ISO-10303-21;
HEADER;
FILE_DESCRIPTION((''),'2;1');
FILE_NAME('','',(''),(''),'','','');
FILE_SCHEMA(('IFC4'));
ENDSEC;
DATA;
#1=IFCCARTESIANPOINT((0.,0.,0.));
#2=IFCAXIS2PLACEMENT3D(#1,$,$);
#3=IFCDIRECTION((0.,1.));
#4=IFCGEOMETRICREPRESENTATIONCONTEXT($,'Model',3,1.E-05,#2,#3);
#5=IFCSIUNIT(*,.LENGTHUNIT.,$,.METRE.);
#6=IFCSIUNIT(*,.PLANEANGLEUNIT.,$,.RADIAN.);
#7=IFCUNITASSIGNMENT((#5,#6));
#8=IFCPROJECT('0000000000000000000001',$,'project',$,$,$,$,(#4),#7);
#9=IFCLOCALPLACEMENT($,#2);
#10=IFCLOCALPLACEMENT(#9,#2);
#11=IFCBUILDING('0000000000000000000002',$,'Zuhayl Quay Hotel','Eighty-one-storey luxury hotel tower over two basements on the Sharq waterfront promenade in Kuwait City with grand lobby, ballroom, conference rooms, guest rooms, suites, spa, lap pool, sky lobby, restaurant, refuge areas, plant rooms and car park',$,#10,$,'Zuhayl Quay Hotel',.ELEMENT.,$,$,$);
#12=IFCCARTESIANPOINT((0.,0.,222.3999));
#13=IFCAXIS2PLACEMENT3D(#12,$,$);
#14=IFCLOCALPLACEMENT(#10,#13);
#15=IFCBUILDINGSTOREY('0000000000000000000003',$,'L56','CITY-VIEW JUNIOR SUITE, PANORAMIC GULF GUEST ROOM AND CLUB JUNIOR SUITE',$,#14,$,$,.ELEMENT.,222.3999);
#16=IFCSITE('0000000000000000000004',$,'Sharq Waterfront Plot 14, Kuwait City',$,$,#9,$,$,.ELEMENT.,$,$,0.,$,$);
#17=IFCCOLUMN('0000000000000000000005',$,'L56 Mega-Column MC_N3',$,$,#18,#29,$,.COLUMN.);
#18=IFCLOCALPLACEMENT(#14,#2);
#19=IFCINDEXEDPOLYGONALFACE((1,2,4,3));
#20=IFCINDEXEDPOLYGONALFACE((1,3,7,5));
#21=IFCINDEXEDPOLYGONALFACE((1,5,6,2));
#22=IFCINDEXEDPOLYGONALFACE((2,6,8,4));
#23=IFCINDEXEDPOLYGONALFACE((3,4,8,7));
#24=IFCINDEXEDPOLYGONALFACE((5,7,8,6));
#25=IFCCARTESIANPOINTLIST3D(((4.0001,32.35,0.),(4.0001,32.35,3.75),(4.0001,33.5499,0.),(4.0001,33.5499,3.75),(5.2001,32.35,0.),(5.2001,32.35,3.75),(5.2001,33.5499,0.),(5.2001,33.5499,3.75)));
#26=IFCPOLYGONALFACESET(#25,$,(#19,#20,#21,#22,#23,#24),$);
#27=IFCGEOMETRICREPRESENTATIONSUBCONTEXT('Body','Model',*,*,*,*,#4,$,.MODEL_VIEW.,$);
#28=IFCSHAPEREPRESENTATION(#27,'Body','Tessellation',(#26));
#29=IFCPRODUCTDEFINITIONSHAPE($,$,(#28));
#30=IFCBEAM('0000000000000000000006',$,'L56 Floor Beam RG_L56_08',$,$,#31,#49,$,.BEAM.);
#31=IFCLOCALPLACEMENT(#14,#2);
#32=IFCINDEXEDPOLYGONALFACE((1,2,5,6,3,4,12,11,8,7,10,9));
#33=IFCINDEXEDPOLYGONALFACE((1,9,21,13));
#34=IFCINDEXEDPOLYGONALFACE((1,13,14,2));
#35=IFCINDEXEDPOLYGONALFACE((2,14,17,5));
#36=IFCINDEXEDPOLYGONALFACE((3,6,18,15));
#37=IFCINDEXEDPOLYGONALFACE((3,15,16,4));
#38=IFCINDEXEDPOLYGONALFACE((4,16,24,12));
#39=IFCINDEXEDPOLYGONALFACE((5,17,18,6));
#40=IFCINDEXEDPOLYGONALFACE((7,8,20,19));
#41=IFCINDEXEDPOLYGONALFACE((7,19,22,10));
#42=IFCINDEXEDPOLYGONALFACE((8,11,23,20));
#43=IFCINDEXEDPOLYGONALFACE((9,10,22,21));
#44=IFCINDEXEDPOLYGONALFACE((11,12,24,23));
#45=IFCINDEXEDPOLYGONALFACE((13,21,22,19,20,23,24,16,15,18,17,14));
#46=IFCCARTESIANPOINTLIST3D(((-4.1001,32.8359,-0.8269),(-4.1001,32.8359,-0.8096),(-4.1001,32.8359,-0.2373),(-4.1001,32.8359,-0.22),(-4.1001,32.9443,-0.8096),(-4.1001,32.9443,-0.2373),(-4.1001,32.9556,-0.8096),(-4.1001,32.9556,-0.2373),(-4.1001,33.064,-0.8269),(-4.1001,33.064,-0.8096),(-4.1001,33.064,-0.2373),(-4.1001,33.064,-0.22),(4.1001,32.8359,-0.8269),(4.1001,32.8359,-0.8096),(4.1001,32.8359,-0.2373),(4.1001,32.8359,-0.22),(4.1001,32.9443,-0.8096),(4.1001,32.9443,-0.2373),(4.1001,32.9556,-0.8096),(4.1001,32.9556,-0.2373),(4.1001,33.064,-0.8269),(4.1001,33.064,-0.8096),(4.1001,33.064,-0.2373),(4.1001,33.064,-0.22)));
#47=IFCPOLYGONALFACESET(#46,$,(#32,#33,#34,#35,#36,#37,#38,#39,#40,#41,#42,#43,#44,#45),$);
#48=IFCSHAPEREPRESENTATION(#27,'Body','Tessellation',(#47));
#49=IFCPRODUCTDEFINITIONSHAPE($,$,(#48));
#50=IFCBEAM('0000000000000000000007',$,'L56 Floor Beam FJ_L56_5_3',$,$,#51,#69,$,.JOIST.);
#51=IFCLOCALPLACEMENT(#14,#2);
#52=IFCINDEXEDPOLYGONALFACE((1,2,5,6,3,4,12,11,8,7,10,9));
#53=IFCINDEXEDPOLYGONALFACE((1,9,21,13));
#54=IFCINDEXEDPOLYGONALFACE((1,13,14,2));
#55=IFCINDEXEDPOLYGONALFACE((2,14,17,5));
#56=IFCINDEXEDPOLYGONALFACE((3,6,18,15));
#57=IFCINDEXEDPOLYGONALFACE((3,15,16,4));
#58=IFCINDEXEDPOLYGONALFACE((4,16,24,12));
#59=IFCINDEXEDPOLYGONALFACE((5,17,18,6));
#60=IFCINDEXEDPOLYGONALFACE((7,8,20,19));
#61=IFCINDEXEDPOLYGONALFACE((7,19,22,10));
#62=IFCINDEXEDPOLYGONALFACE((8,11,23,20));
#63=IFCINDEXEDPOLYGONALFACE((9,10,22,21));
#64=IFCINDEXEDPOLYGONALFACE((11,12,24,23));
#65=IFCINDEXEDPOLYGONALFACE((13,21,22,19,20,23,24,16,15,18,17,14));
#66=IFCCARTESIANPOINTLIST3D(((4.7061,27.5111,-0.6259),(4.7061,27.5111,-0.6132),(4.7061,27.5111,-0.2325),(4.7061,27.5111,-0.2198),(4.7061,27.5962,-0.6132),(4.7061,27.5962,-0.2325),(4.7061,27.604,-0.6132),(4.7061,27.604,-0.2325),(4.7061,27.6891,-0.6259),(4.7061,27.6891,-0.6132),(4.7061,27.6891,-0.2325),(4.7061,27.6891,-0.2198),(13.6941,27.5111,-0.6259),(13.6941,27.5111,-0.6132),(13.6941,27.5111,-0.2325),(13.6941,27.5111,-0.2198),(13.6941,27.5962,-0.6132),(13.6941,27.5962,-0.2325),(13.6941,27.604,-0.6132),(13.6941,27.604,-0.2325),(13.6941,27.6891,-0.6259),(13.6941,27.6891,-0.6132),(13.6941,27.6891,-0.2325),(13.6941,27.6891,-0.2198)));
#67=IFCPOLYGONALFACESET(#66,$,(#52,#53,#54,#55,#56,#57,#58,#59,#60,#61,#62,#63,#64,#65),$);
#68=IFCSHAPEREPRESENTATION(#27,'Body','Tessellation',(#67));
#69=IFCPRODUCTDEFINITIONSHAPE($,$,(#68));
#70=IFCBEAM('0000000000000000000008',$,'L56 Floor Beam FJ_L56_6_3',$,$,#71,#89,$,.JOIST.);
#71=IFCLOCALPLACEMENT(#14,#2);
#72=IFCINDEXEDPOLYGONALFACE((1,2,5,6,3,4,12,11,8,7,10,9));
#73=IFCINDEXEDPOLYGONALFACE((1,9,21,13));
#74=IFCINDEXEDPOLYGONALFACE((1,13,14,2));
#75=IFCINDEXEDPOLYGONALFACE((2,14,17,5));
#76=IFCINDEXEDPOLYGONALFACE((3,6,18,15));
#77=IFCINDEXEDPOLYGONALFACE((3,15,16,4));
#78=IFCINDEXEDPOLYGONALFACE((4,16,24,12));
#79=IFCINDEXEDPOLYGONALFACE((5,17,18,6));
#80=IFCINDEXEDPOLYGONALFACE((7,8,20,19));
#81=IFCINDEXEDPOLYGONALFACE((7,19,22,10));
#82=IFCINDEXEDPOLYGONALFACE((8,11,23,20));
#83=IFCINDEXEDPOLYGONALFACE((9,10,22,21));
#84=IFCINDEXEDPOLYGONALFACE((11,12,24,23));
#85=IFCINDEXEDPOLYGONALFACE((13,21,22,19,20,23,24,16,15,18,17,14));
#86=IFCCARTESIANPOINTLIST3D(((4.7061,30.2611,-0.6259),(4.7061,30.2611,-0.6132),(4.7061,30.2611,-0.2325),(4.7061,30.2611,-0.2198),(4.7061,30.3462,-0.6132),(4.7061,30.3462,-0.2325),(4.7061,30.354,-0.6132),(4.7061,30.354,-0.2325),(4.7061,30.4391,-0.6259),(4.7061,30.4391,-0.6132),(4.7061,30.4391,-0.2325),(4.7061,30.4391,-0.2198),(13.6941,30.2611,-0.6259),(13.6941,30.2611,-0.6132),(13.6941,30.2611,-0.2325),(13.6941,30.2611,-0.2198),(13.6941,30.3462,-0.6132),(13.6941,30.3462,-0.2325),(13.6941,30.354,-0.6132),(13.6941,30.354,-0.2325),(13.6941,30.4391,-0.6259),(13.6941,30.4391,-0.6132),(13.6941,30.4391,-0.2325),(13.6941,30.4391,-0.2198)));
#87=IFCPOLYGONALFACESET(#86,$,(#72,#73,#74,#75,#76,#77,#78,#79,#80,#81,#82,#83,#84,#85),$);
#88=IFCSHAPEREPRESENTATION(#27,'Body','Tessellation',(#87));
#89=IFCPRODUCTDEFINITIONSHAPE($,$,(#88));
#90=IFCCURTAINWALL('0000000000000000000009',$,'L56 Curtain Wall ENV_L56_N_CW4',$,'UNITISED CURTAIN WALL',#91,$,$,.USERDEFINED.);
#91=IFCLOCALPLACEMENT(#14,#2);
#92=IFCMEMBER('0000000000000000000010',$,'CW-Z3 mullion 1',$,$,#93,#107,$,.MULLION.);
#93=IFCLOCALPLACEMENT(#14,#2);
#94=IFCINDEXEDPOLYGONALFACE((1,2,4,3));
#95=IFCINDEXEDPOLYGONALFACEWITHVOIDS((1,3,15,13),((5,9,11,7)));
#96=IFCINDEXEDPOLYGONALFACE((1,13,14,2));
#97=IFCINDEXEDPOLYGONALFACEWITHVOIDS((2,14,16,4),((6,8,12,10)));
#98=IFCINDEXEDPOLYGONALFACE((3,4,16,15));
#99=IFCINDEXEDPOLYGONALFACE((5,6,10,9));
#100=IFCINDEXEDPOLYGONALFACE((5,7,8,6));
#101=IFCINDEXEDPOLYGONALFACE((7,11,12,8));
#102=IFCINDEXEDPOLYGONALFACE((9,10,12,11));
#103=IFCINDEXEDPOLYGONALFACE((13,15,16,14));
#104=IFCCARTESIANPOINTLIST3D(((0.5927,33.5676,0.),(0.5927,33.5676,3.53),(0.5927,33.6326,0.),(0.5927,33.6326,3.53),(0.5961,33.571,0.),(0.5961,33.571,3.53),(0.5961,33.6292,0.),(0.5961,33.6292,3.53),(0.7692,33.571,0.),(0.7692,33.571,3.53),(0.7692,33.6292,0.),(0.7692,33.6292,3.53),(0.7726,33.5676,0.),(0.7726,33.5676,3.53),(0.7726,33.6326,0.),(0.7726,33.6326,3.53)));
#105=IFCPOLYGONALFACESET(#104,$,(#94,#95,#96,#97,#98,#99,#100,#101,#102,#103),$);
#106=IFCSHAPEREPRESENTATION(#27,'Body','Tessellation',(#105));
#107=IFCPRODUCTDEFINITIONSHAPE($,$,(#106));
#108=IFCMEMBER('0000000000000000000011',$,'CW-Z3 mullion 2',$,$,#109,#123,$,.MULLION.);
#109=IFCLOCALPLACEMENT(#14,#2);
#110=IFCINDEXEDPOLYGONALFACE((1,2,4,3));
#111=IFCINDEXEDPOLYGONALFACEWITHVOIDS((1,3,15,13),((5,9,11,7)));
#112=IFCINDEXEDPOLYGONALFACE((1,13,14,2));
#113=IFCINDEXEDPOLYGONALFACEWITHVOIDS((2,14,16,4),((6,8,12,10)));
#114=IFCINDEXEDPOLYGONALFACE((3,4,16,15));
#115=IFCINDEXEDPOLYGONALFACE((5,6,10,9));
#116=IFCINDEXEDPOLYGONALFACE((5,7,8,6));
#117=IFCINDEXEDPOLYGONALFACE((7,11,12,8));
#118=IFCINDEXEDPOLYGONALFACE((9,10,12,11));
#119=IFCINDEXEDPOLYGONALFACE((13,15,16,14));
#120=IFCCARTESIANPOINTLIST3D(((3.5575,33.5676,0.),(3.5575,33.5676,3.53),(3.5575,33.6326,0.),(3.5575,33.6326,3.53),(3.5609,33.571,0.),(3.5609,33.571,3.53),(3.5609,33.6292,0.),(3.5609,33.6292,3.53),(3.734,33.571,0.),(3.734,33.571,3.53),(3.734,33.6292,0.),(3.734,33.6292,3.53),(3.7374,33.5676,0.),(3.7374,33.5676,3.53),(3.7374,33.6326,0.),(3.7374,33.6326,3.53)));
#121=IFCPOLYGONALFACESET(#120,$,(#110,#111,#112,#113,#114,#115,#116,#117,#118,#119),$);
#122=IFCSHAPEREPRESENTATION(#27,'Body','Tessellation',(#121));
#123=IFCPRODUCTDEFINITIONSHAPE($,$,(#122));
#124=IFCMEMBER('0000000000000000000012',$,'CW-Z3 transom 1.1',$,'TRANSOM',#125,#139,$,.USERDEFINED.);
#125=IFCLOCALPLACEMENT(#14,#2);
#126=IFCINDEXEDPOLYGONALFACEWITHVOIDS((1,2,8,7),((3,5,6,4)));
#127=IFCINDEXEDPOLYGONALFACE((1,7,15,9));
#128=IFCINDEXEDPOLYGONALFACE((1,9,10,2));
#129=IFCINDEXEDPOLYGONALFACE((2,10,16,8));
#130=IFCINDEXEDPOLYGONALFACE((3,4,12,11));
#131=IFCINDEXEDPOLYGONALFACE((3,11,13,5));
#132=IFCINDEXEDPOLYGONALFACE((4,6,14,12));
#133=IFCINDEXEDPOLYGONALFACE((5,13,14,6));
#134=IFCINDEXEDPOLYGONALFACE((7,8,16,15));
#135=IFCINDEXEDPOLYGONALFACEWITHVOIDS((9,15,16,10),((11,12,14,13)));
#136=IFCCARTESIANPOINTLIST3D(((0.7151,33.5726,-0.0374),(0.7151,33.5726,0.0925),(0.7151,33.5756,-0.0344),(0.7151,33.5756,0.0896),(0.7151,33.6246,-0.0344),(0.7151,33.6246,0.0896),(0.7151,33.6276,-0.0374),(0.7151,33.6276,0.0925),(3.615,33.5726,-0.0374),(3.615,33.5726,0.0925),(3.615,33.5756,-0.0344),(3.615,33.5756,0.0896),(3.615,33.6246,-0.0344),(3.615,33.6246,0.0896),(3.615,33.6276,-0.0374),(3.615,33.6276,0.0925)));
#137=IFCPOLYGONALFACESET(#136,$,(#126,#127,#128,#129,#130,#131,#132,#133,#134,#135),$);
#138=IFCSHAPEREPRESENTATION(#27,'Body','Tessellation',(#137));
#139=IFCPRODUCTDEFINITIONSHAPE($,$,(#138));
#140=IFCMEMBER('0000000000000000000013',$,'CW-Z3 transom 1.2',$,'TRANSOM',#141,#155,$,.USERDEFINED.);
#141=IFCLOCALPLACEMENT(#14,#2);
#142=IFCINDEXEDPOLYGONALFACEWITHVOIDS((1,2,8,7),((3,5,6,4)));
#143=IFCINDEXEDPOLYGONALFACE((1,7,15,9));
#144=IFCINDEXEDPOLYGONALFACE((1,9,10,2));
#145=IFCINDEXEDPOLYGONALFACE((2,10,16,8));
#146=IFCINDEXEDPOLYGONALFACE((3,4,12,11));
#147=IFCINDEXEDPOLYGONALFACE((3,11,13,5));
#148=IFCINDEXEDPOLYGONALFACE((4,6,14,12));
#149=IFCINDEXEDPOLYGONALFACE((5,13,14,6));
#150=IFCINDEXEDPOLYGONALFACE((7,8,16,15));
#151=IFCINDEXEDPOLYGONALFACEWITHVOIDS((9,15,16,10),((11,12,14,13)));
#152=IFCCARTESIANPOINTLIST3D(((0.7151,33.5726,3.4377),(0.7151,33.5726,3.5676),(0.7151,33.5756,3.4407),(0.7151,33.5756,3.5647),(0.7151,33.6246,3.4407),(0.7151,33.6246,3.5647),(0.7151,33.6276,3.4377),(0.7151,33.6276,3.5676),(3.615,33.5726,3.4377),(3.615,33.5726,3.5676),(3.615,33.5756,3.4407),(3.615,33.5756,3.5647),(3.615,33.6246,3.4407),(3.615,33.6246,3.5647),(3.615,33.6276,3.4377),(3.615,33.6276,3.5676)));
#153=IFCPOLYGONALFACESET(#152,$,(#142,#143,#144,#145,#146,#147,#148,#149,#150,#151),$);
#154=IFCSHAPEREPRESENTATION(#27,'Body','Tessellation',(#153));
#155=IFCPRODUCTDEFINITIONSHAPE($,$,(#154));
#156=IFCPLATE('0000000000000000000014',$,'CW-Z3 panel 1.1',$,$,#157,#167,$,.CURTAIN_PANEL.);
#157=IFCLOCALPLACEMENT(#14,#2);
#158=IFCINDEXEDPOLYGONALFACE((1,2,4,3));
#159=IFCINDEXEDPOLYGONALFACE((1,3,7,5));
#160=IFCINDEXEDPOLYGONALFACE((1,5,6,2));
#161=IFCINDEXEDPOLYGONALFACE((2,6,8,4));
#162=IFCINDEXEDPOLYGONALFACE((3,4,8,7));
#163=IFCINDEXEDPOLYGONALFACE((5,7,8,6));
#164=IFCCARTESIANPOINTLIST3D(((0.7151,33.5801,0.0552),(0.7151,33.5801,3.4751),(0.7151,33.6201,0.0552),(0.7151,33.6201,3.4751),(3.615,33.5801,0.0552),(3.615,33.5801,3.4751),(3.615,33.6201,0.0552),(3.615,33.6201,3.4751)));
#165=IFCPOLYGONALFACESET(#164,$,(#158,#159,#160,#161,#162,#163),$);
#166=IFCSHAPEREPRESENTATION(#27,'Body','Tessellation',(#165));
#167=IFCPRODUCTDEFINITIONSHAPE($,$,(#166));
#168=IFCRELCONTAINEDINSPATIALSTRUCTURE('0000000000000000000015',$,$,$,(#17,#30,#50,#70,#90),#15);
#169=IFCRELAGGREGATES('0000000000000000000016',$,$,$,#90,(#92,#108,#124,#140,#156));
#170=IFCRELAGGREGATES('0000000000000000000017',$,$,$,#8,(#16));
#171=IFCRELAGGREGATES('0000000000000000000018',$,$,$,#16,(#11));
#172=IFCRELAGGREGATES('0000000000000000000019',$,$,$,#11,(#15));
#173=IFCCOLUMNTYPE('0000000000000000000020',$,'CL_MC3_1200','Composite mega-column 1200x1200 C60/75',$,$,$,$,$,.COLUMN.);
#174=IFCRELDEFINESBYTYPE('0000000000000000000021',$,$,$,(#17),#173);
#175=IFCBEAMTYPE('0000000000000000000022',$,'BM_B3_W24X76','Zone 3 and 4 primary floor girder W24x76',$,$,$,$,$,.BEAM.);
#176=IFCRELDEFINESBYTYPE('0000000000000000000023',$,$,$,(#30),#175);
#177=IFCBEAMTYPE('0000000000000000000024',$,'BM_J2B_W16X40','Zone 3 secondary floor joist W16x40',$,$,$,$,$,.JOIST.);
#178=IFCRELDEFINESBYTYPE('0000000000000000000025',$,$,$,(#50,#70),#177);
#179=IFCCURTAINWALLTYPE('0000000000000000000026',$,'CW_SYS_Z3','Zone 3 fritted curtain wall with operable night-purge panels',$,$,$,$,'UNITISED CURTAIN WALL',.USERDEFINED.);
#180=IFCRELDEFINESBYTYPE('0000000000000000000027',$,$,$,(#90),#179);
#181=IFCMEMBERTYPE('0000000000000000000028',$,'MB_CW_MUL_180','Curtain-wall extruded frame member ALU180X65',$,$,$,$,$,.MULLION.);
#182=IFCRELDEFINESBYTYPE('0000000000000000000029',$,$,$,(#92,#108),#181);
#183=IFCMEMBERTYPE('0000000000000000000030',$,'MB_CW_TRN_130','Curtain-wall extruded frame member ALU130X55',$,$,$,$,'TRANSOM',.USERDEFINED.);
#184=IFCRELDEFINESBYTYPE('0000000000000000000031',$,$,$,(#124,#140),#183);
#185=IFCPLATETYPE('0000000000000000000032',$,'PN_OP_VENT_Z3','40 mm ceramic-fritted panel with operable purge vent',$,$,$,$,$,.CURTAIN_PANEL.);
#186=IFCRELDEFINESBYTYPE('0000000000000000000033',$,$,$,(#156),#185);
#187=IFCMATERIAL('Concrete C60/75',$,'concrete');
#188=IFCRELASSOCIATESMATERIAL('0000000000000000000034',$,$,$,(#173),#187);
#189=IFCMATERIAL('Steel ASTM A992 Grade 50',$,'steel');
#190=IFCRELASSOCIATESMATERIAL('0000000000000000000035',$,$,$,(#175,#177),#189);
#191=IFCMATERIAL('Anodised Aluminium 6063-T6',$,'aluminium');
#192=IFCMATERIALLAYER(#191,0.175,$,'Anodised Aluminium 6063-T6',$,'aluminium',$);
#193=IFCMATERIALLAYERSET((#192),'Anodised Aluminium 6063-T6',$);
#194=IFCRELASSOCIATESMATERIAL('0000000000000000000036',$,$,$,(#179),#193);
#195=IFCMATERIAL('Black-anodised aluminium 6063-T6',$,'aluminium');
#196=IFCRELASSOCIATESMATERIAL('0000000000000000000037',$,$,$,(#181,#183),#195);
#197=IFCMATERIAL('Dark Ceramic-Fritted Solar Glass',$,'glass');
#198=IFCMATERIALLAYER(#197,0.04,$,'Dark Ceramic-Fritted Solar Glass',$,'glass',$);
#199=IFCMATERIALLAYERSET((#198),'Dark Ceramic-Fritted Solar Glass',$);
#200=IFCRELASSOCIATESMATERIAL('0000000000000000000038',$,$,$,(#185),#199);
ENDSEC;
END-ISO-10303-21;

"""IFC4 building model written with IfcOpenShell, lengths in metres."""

from ifc_helpers import new_model, si_unit, direction, frame, origin, origin_2d, place, context, subcontext, project, spatial, rectangle, hollow_rectangle, i_section, extrude, material, layer, layer_set, material_profile, profile_set, type_object, element, aggregate, save


model = new_model("IFC4")

# Units and contexts
model_context = context("Model", 3, precision=1e-05, world=origin(), true_north=direction((0.0, 1.0)))
body_context = subcontext(model_context, "Body", "Model", "MODEL_VIEW")
ifc_project = project(units=[si_unit("LENGTHUNIT", "METRE"), si_unit("PLANEANGLEUNIT", "RADIAN")], contexts=[model_context])

# Site, building, storey
site_placement = place(None, origin())
site = spatial("IfcSite", under=ifc_project, at=site_placement, Name="Sharq Waterfront Plot 14, Kuwait City", CompositionType="ELEMENT", RefElevation=0.0)
building_placement = place(site_placement, origin())
building = spatial("IfcBuilding", under=site, at=building_placement, Name="Zuhayl Quay Hotel", Description="Eighty-one-storey luxury hotel tower over two basements on the Sharq waterfront promenade in Kuwait City with grand lobby, ballroom, conference rooms, guest rooms, suites, spa, lap pool, sky lobby, restaurant, refuge areas, plant rooms and car park", LongName="Zuhayl Quay Hotel", CompositionType="ELEMENT")
storey_placement = place(building_placement, frame((0.0, 0.0, 222.3999)))
storey = spatial("IfcBuildingStorey", under=building, at=storey_placement, Name="L56", Description="CITY-VIEW JUNIOR SUITE, PANORAMIC GULF GUEST ROOM AND CLUB JUNIOR SUITE", CompositionType="ELEMENT", Elevation=222.3999)

# Column
ifc_material_1 = material(Name="Concrete C60/75", Category="concrete")
ifc_material_profile_1 = material_profile(ifc_material_1, rectangle(XDim=1.2, YDim=1.2, at=origin_2d()), Name="RC1200X1200")
ifc_profile_set_1 = profile_set([ifc_material_profile_1], Name="Concrete C60/75")
column_type = type_object("IfcColumnType", Name="CL_MC3_1200", Description="Composite mega-column 1200x1200 C60/75", PredefinedType="COLUMN", material=ifc_profile_set_1)
column_placement = place(storey_placement, frame((4.6001, 32.95, 0.0), z_axis=(0.0, 0.0, 1.0), x_axis=(1.0, 0.0, 0.0)))
element("IfcColumn", 1, at=column_placement, inside=storey, type_object=column_type, Name="L56 Mega-Column MC_N3", PredefinedType="COLUMN", context=body_context, shape_type="SweptSolid", body=[
    extrude(rectangle(XDim=1.2, YDim=1.2, at=origin_2d()), origin(), (0.0, 0.0, 1.0), 3.75),
])

# Beams
ifc_material_2 = material(Name="Steel ASTM A992 Grade 50", Category="steel")
ifc_material_profile_2 = material_profile(ifc_material_2, i_section(OverallWidth=0.228, OverallDepth=0.6069, WebThickness=0.0112, FlangeThickness=0.0173, at=origin_2d()), Name="W24X76")
ifc_profile_set_2 = profile_set([ifc_material_profile_2], Name="Steel ASTM A992 Grade 50")
beam_type_1 = type_object("IfcBeamType", Name="BM_B3_W24X76", Description="Zone 3 and 4 primary floor girder W24x76", PredefinedType="BEAM", material=ifc_profile_set_2)
beam_placement = place(storey_placement, frame((4.1001, 32.95, -0.5234), z_axis=(-1.0, 0.0, 0.0), x_axis=(0.0, -1.0, 0.0)))
element("IfcBeam", 2, at=beam_placement, inside=storey, type_object=beam_type_1, Name="L56 Floor Beam RG_L56_08", PredefinedType="BEAM", context=body_context, shape_type="SweptSolid", body=[
    extrude(i_section(OverallWidth=0.228, OverallDepth=0.6069, WebThickness=0.0112, FlangeThickness=0.0173, at=origin_2d()), origin(), (0.0, 0.0, 1.0), 8.2002),
])
ifc_material_profile_3 = material_profile(ifc_material_2, i_section(OverallWidth=0.178, OverallDepth=0.406, WebThickness=0.0078, FlangeThickness=0.0127, at=origin_2d()), Name="W16X40")
ifc_profile_set_3 = profile_set([ifc_material_profile_3], Name="Steel ASTM A992 Grade 50")
beam_type_2 = type_object("IfcBeamType", Name="BM_J2B_W16X40", Description="Zone 3 secondary floor joist W16x40", PredefinedType="JOIST", material=ifc_profile_set_3)
for number, where, z_axis, x_axis, name in (
    (3, (4.7061, 27.6001, -0.4229), (1.0, 0.0, 0.0), (0.0, 1.0, 0.0), "L56 Floor Beam FJ_L56_5_3"),
    (4, (4.7061, 30.3501, -0.4229), (1.0, 0.0, 0.0), (0.0, 1.0, 0.0), "L56 Floor Beam FJ_L56_6_3"),
):
    element("IfcBeam", number, at=place(storey_placement, frame(where, z_axis=z_axis, x_axis=x_axis)), inside=storey, type_object=beam_type_2, Name=name, PredefinedType="JOIST", context=body_context, shape_type="SweptSolid", body=[
        extrude(i_section(OverallWidth=0.178, OverallDepth=0.406, WebThickness=0.0078, FlangeThickness=0.0127, at=origin_2d()), origin(), (0.0, 0.0, 1.0), 8.988),
    ])

# Curtain wall, members, plate
ifc_material_3 = material(Name="Anodised Aluminium 6063-T6", Category="aluminium")
ifc_layer_1 = layer(ifc_material_3, 0.175, Name="Anodised Aluminium 6063-T6", Category="aluminium")
ifc_layer_set_1 = layer_set([ifc_layer_1], Name="Anodised Aluminium 6063-T6")
curtain_wall_type = type_object("IfcCurtainWallType", Name="CW_SYS_Z3", Description="Zone 3 fritted curtain wall with operable night-purge panels", ElementType="UNITISED CURTAIN WALL", PredefinedType="USERDEFINED", material=ifc_layer_set_1)
curtain_wall_placement = place(storey_placement, origin())
curtain_wall = element("IfcCurtainWall", 5, at=curtain_wall_placement, inside=storey, type_object=curtain_wall_type, Name="L56 Curtain Wall ENV_L56_N_CW4", ObjectType="UNITISED CURTAIN WALL", PredefinedType="USERDEFINED")
ifc_material_4 = material(Name="Black-anodised aluminium 6063-T6", Category="aluminium")
ifc_material_profile_4 = material_profile(ifc_material_4, hollow_rectangle(XDim=0.0649, YDim=0.1799, WallThickness=0.0034, at=origin_2d()), Name="ALU180X65")
ifc_profile_set_4 = profile_set([ifc_material_profile_4], Name="Black-anodised aluminium 6063-T6")
member_type_1 = type_object("IfcMemberType", Name="MB_CW_MUL_180", Description="Curtain-wall extruded frame member ALU180X65", PredefinedType="MULLION", material=ifc_profile_set_4)
member_1_placement = place(storey_placement, frame((0.6826, 33.6001, 0.0), z_axis=(0.0, 0.0, 1.0), x_axis=(0.0, 1.0, 0.0)))
member_1 = element("IfcMember", 6, at=member_1_placement, type_object=member_type_1, Name="CW-Z3 mullion 1", PredefinedType="MULLION", context=body_context, shape_type="SweptSolid", body=[
    extrude(hollow_rectangle(XDim=0.0649, YDim=0.1799, WallThickness=0.0034, at=origin_2d()), origin(), (0.0, 0.0, 1.0), 3.53),
])
member_2_placement = place(storey_placement, frame((3.6475, 33.6001, 0.0), z_axis=(0.0, 0.0, 1.0), x_axis=(0.0, 1.0, 0.0)))
member_2 = element("IfcMember", 7, at=member_2_placement, type_object=member_type_1, Name="CW-Z3 mullion 2", PredefinedType="MULLION", context=body_context, shape_type="SweptSolid", body=[
    extrude(hollow_rectangle(XDim=0.0649, YDim=0.1799, WallThickness=0.0034, at=origin_2d()), origin(), (0.0, 0.0, 1.0), 3.53),
])
ifc_material_profile_5 = material_profile(ifc_material_4, hollow_rectangle(XDim=0.0549, YDim=0.1299, WallThickness=0.0029, at=origin_2d()), Name="ALU130X55")
ifc_profile_set_5 = profile_set([ifc_material_profile_5], Name="Black-anodised aluminium 6063-T6")
member_type_2 = type_object("IfcMemberType", Name="MB_CW_TRN_130", Description="Curtain-wall extruded frame member ALU130X55", ElementType="TRANSOM", PredefinedType="USERDEFINED", material=ifc_profile_set_5)
member_3_placement = place(storey_placement, frame((0.7151, 33.6001, 0.0276), z_axis=(1.0, 0.0, 0.0), x_axis=(0.0, 1.0, 0.0)))
member_3 = element("IfcMember", 8, at=member_3_placement, type_object=member_type_2, Name="CW-Z3 transom 1.1", ObjectType="TRANSOM", PredefinedType="USERDEFINED", context=body_context, shape_type="SweptSolid", body=[
    extrude(hollow_rectangle(XDim=0.0549, YDim=0.1299, WallThickness=0.0029, at=origin_2d()), origin(), (0.0, 0.0, 1.0), 2.8999),
])
member_4_placement = place(storey_placement, frame((0.7151, 33.6001, 3.5027), z_axis=(1.0, 0.0, 0.0), x_axis=(0.0, 1.0, 0.0)))
member_4 = element("IfcMember", 9, at=member_4_placement, type_object=member_type_2, Name="CW-Z3 transom 1.2", ObjectType="TRANSOM", PredefinedType="USERDEFINED", context=body_context, shape_type="SweptSolid", body=[
    extrude(hollow_rectangle(XDim=0.0549, YDim=0.1299, WallThickness=0.0029, at=origin_2d()), origin(), (0.0, 0.0, 1.0), 2.8999),
])
ifc_material_5 = material(Name="Dark Ceramic-Fritted Solar Glass", Category="glass")
ifc_layer_2 = layer(ifc_material_5, 0.04, Name="Dark Ceramic-Fritted Solar Glass", Category="glass")
ifc_layer_set_2 = layer_set([ifc_layer_2], Name="Dark Ceramic-Fritted Solar Glass")
plate_type = type_object("IfcPlateType", Name="PN_OP_VENT_Z3", Description="40 mm ceramic-fritted panel with operable purge vent", PredefinedType="CURTAIN_PANEL", material=ifc_layer_set_2)
plate_placement = place(storey_placement, frame((2.165, 33.6001, 0.0552), z_axis=(0.0, 0.0, 1.0), x_axis=(1.0, 0.0, 0.0)))
plate = element("IfcPlate", 10, at=plate_placement, type_object=plate_type, Name="CW-Z3 panel 1.1", PredefinedType="CURTAIN_PANEL", context=body_context, shape_type="SweptSolid", body=[
    extrude(rectangle(XDim=2.8999, YDim=0.04, at=origin_2d()), origin(), (0.0, 0.0, 1.0), 3.4199),
])
aggregate(curtain_wall, [member_1, member_2, member_3, member_4, plate])

save(model, "model.ifc")
